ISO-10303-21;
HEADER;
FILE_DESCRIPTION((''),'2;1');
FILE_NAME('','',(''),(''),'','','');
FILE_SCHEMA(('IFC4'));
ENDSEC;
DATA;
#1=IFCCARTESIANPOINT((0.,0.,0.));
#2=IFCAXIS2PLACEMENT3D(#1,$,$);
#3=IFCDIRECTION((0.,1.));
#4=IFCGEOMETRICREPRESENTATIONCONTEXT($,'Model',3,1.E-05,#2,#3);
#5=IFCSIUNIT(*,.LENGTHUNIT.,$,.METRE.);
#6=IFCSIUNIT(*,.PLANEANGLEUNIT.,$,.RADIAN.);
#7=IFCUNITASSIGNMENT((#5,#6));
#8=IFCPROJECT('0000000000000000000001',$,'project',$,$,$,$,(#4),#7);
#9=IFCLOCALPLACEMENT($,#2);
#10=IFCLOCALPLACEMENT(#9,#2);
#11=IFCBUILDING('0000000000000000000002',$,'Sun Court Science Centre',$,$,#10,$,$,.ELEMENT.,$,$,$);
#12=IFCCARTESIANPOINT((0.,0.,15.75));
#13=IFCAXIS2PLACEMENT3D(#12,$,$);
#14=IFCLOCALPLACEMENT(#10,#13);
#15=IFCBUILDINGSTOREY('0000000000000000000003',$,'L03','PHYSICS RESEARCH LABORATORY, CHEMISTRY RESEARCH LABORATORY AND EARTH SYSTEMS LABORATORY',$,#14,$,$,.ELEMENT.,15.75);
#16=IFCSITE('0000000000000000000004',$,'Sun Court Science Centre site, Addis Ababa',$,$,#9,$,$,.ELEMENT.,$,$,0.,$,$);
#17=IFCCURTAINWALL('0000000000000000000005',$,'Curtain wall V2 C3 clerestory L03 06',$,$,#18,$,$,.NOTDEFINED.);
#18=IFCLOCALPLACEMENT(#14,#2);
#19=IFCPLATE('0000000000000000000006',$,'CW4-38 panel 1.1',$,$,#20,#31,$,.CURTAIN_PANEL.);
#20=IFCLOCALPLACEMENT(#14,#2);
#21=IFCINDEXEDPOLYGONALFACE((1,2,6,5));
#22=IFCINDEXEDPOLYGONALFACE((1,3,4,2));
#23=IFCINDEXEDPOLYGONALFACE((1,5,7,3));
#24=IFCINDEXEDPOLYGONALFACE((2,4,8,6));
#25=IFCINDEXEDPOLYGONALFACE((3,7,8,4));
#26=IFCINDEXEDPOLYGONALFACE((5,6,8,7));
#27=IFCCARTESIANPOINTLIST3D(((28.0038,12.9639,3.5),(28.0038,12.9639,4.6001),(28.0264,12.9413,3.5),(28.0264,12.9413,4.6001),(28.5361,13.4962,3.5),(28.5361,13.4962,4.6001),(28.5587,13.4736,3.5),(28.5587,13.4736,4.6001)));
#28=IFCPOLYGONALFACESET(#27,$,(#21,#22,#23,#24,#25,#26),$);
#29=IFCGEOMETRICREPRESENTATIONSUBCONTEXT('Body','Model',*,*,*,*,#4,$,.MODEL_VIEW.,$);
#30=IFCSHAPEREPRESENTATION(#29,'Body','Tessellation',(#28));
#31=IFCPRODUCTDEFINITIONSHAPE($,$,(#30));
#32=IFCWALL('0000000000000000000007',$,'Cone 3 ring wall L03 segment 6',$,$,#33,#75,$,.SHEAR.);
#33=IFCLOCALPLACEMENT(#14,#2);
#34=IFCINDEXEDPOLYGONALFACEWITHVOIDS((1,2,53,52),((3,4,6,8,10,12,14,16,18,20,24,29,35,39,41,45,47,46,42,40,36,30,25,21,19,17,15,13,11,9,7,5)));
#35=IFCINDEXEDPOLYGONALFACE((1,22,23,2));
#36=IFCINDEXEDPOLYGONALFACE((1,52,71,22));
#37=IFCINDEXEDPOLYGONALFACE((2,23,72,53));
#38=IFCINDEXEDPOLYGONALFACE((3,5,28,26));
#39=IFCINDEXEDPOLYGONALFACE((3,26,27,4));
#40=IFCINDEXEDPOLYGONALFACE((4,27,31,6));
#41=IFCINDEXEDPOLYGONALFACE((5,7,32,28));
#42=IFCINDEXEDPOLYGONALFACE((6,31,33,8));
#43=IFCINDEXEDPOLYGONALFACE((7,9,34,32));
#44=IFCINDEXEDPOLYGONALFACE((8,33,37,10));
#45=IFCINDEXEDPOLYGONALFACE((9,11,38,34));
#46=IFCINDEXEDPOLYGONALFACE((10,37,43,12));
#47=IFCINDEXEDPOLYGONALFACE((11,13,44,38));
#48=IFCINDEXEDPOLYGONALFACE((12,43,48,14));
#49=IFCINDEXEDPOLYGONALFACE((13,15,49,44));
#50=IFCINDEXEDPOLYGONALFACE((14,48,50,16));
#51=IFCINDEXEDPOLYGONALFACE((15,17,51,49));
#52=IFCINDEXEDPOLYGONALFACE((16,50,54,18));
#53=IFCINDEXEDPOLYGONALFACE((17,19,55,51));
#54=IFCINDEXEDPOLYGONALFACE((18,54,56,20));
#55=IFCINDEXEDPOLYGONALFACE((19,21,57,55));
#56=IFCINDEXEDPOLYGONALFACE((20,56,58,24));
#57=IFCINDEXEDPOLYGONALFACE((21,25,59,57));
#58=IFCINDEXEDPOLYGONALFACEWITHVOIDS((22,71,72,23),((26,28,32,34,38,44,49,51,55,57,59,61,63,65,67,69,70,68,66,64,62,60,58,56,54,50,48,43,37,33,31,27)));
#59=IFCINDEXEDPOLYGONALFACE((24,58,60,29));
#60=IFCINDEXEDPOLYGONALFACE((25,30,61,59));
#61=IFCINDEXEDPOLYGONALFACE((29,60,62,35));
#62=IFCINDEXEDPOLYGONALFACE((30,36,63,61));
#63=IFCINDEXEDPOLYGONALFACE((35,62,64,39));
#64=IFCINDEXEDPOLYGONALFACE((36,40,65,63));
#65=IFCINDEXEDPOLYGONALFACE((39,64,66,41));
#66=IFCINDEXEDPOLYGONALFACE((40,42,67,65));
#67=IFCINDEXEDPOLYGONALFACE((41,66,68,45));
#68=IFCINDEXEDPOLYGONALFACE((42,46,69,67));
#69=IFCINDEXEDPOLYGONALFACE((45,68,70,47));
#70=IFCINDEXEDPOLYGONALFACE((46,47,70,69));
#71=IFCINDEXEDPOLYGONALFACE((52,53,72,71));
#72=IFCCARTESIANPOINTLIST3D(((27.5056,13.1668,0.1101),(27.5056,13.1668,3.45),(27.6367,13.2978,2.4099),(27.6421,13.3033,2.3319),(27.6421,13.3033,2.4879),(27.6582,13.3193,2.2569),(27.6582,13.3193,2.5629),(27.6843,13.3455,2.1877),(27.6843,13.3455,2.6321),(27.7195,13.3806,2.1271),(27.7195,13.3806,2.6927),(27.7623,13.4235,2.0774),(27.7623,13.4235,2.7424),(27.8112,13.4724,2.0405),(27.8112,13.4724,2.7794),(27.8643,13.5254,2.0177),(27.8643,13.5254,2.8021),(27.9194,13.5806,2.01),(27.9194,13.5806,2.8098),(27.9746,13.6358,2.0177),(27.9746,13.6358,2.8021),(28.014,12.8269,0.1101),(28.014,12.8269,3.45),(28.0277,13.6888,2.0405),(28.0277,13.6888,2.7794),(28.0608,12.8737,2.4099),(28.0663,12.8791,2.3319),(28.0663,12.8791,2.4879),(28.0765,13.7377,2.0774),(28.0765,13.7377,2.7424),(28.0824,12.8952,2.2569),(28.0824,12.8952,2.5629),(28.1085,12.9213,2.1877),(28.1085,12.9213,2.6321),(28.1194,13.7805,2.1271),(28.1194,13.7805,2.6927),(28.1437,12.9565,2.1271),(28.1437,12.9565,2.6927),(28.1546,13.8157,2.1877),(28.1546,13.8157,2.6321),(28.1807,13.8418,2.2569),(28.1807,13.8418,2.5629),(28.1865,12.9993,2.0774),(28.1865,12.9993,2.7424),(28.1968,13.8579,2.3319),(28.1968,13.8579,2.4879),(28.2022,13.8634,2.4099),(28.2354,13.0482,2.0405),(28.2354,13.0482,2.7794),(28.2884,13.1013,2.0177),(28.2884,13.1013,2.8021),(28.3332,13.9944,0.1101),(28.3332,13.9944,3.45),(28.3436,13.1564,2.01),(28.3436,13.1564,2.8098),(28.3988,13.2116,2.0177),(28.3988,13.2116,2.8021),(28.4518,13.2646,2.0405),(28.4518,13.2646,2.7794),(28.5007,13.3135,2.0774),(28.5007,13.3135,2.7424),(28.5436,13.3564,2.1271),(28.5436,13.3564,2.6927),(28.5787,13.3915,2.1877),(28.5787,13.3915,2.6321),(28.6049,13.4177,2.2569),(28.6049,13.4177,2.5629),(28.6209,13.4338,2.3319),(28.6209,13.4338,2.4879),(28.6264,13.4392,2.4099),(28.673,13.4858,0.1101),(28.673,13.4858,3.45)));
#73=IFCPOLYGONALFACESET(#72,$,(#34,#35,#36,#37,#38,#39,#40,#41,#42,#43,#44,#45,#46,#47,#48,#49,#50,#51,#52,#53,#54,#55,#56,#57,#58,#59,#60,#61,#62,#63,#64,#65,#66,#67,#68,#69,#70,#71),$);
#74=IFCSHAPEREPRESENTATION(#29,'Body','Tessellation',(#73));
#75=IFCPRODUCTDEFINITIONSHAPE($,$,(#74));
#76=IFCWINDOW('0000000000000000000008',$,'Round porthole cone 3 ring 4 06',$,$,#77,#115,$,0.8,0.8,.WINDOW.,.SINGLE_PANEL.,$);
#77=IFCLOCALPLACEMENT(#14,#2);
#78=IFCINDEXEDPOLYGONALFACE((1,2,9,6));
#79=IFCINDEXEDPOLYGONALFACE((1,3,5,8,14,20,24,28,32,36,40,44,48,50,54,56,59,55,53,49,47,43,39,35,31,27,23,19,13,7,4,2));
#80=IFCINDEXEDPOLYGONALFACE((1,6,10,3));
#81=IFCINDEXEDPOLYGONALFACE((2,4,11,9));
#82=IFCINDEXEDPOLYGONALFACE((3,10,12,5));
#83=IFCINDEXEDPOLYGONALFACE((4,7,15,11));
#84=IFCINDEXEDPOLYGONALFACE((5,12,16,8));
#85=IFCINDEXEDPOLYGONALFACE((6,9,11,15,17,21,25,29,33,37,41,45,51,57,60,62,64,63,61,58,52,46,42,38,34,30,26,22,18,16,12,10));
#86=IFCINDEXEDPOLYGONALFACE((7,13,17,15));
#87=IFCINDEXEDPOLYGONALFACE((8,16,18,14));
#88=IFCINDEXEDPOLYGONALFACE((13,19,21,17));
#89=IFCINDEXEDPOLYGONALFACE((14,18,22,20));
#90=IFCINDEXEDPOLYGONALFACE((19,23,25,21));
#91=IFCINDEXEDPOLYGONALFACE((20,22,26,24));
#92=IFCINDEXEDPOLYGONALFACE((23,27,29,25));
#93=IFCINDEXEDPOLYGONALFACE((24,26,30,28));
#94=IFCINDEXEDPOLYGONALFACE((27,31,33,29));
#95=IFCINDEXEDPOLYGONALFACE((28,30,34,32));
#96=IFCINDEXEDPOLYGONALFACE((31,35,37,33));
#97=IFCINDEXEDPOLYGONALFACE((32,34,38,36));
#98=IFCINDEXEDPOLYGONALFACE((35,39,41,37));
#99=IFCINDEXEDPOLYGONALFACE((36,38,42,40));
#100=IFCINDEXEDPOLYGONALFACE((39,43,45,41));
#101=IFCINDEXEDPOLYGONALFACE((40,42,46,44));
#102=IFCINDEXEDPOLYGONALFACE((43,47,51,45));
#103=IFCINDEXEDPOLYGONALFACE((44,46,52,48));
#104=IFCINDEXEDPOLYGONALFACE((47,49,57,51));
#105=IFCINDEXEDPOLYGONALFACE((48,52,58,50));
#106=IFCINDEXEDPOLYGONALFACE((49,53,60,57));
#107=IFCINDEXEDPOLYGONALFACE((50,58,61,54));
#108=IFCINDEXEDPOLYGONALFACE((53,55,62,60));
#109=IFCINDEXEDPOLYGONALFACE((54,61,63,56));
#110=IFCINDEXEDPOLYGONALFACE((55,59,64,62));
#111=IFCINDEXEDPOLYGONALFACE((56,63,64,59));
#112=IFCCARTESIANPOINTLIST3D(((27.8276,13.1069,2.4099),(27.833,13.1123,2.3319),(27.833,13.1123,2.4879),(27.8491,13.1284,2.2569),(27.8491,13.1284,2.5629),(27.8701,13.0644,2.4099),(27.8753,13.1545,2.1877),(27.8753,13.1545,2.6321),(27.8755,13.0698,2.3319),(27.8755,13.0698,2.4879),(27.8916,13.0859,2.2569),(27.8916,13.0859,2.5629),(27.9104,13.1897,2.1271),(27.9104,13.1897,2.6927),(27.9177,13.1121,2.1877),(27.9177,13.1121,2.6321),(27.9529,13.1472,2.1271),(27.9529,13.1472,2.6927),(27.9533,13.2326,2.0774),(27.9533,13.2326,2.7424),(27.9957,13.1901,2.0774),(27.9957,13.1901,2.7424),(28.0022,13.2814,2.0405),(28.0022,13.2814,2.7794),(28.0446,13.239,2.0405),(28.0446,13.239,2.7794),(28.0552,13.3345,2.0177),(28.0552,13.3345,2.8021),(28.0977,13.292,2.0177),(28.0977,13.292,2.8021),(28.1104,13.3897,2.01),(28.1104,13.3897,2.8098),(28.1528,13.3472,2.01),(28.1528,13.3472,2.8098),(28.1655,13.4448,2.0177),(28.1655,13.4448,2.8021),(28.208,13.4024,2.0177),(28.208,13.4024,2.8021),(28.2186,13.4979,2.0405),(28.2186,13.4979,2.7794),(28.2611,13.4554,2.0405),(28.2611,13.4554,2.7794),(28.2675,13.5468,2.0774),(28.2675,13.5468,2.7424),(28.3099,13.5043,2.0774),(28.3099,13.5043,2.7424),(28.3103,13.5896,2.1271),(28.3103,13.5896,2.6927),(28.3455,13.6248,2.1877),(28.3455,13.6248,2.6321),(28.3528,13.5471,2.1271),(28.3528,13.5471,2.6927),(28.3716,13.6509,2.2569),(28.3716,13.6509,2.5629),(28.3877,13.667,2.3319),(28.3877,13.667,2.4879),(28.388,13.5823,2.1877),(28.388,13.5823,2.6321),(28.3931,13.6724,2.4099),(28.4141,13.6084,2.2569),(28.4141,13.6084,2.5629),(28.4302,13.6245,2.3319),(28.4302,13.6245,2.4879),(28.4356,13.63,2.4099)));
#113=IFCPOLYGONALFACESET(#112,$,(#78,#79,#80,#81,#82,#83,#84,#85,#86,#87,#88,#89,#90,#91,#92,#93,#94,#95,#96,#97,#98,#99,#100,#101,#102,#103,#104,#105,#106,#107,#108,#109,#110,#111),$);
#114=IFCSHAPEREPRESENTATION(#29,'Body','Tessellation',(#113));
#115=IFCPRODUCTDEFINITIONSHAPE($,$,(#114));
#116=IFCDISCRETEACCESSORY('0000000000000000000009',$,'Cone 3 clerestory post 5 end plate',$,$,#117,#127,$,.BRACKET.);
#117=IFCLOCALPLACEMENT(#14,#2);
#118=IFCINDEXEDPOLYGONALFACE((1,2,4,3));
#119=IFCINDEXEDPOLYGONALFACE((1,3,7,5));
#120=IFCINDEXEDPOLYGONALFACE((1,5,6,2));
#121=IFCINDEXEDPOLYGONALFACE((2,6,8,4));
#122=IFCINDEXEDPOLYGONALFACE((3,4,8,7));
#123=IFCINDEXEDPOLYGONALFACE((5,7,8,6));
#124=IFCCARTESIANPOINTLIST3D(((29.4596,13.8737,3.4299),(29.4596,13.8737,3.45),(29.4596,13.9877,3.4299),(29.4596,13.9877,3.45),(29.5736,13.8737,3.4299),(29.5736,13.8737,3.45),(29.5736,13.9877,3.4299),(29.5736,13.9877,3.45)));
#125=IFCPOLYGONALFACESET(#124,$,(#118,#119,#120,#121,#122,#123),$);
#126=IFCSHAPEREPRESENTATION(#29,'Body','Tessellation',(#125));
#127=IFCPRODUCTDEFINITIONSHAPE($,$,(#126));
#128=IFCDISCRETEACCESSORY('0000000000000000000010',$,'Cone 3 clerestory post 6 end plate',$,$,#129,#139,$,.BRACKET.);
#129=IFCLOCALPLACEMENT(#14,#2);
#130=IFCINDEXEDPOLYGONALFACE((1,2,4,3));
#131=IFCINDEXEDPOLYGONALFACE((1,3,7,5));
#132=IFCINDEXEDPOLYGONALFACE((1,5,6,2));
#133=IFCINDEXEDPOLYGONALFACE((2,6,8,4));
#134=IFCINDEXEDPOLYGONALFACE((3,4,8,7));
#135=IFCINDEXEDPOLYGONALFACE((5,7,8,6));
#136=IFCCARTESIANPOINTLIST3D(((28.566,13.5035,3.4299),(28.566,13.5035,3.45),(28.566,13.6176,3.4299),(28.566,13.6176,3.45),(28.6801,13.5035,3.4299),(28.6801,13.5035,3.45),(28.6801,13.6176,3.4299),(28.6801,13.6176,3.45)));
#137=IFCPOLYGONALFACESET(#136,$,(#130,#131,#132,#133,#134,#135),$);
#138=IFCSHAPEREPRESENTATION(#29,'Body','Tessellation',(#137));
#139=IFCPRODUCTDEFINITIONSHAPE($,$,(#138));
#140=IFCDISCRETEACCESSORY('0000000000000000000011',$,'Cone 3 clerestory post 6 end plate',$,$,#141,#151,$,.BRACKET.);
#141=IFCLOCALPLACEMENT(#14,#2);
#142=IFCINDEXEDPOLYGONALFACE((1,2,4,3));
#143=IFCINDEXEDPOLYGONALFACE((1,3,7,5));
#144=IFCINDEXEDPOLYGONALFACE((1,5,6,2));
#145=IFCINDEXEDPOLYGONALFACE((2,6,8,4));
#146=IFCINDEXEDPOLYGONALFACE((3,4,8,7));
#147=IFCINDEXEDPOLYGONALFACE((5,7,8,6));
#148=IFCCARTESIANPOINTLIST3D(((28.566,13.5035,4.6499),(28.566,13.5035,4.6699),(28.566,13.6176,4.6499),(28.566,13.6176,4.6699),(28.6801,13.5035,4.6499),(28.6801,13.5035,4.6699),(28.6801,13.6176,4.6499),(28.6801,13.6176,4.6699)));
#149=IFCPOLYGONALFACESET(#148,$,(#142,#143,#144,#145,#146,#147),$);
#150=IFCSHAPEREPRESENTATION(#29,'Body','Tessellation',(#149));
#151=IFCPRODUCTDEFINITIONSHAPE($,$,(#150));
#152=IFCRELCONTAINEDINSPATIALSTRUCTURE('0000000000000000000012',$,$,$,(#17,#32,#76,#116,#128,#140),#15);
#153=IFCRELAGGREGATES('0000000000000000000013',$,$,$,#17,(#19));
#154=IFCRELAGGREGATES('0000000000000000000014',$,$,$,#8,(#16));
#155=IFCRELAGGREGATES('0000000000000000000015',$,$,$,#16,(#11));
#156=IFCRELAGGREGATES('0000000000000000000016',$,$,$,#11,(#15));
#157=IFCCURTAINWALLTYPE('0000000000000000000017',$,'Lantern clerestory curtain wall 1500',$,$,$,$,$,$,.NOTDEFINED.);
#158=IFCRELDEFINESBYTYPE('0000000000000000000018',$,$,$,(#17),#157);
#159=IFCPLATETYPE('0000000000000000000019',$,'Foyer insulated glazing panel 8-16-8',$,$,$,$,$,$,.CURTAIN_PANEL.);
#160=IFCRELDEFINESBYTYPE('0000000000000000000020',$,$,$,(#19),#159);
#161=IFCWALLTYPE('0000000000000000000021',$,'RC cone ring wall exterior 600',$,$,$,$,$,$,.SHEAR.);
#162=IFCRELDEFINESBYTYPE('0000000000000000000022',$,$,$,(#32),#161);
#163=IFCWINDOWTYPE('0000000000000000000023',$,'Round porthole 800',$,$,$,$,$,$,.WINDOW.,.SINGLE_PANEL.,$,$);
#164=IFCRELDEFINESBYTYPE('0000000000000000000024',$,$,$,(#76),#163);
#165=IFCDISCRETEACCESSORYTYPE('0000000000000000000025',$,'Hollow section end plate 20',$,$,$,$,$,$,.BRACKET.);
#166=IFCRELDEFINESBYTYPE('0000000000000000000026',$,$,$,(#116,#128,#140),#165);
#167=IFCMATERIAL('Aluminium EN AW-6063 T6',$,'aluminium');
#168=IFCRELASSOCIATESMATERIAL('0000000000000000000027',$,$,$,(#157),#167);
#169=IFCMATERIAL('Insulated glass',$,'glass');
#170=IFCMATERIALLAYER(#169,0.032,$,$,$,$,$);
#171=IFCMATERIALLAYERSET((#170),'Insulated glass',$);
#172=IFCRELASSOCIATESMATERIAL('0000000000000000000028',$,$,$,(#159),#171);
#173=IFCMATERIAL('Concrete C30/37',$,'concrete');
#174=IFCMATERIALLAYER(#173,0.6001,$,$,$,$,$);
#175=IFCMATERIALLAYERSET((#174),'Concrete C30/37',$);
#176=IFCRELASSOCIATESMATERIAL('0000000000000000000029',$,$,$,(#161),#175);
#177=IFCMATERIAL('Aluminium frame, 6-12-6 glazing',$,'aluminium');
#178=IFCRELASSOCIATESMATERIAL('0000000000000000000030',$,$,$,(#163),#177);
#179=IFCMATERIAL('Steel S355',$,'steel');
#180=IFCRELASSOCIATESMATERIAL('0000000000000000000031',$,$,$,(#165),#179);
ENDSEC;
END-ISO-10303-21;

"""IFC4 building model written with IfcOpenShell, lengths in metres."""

from ifc_helpers import new_model, si_unit, direction, frame, frame_2d, origin, origin_2d, place, context, subcontext, project, spatial, polyline, rectangle, circle, outline, extrude, material, layer, layer_set, type_object, element, fill, aggregate, save


model = new_model("IFC4")

# Units and contexts
model_context = context("Model", 3, precision=1e-05, world=origin(), true_north=direction((0.0, 1.0)))
body_context = subcontext(model_context, "Body", "Model", "MODEL_VIEW")
ifc_project = project(units=[si_unit("LENGTHUNIT", "METRE"), si_unit("PLANEANGLEUNIT", "RADIAN")], contexts=[model_context])

# Site, building, storey
site_placement = place(None, origin())
site = spatial("IfcSite", under=ifc_project, at=site_placement, Name="Sun Court Science Centre site, Addis Ababa", CompositionType="ELEMENT", RefElevation=0.0)
building_placement = place(site_placement, origin())
building = spatial("IfcBuilding", under=site, at=building_placement, Name="Sun Court Science Centre", CompositionType="ELEMENT")
storey_placement = place(building_placement, frame((0.0, 0.0, 15.75)))
storey = spatial("IfcBuildingStorey", under=building, at=storey_placement, Name="L03", Description="PHYSICS RESEARCH LABORATORY, CHEMISTRY RESEARCH LABORATORY AND EARTH SYSTEMS LABORATORY", CompositionType="ELEMENT", Elevation=15.75)

# Shared definitions
ifc_material_1 = material(Name="Aluminium EN AW-6063 T6", Category="aluminium")
curtain_wall_type = type_object("IfcCurtainWallType", Name="Lantern clerestory curtain wall 1500", PredefinedType="NOTDEFINED", material=ifc_material_1)

# Curtain wall
curtain_wall_1_placement = place(storey_placement, origin())
curtain_wall_1 = element("IfcCurtainWall", 1, at=curtain_wall_1_placement, inside=storey, type_object=curtain_wall_type, Name="Curtain wall V2 C3 clerestory L03 06", PredefinedType="NOTDEFINED")

# Plate
ifc_material_2 = material(Name="Insulated glass", Category="glass")
ifc_layer_1 = layer(ifc_material_2, 0.032)
ifc_layer_set_1 = layer_set([ifc_layer_1], Name="Insulated glass")
plate_type = type_object("IfcPlateType", Name="Foyer insulated glazing panel 8-16-8", PredefinedType="CURTAIN_PANEL", material=ifc_layer_set_1)
plate_1_placement = place(storey_placement, frame((28.2812, 13.2188, 3.5), z_axis=(0.0, 0.0, 1.0), x_axis=(0.707107, 0.707107, 0.0)))
plate_1 = element("IfcPlate", 2, at=plate_1_placement, type_object=plate_type, Name="CW4-38 panel 1.1", PredefinedType="CURTAIN_PANEL", context=body_context, shape_type="SweptSolid", body=[
    extrude(rectangle(XDim=0.7527, YDim=0.032, at=origin_2d()), origin(), (0.0, 0.0, 1.0), 1.1001),
])
aggregate(curtain_wall_1, [plate_1])

# Wall, opening, window
ifc_material_3 = material(Name="Concrete C30/37", Category="concrete")
ifc_layer_2 = layer(ifc_material_3, 0.6001)
ifc_layer_set_2 = layer_set([ifc_layer_2], Name="Concrete C30/37")
wall_type = type_object("IfcWallType", Name="RC cone ring wall exterior 600", PredefinedType="SHEAR", material=ifc_layer_set_2)
wall_placement = place(storey_placement, frame((28.5454, 13.7822, 0.1101), z_axis=(0.0, 0.0, 1.0), x_axis=(-0.707107, -0.707107, 0.0)))
wall = element("IfcWall", 3, at=wall_placement, inside=storey, type_object=wall_type, Name="Cone 3 ring wall L03 segment 6", PredefinedType="SHEAR", context=body_context, shape_type="SweptSolid", body=[
    extrude(outline(polyline([(0.0, -0.3), (1.1704, -0.3), (1.0513, 0.2998), (0.1194, 0.2998), (0.0, -0.3)])), origin(), (0.0, 0.0, 1.0), 3.3398),
])
opening_placement = place(wall_placement, frame((0.1853, 0.0, 1.8999)))
opening = element("IfcOpeningElement", 4, at=opening_placement, cuts=wall, PredefinedType="OPENING", context=body_context, shape_type="SweptSolid", body=[
    extrude(circle(Radius=0.3999, at=frame_2d((0.3999, 0.3999))), frame((0.0, 0.3101, 0.0), z_axis=(0.0, -1.0, 0.0), x_axis=(1.0, 0.0, 0.0)), (0.0, 0.0, 1.0), 0.6201),
])
ifc_material_4 = material(Name="Aluminium frame, 6-12-6 glazing", Category="aluminium")
window_type = type_object("IfcWindowType", Name="Round porthole 800", PartitioningType="SINGLE_PANEL", PredefinedType="WINDOW", material=ifc_material_4)
window_placement = place(opening_placement, origin())
window = element("IfcWindow", 5, at=window_placement, inside=storey, type_object=window_type, Name="Round porthole cone 3 ring 4 06", OverallHeight=0.8, OverallWidth=0.8, PartitioningType="SINGLE_PANEL", PredefinedType="WINDOW", context=body_context, shape_type="SweptSolid", body=[
    extrude(circle(Radius=0.3999, at=frame_2d((0.3999, 0.3999))), frame((0.0, 0.03, 0.0), z_axis=(0.0, -1.0, 0.0), x_axis=(1.0, 0.0, 0.0)), (0.0, 0.0, 1.0), 0.0601),
])
fill(opening, window)

# Discrete accessories
ifc_material_5 = material(Name="Steel S355", Category="steel")
discrete_accessory_type = type_object("IfcDiscreteAccessoryType", Name="Hollow section end plate 20", PredefinedType="BRACKET", material=ifc_material_5)
for number, where, z_axis, x_axis, name in (
    (6, (29.5166, 13.9307, 3.4299), (0.0, 0.0, 1.0), (1.0, 0.0, 0.0), "Cone 3 clerestory post 5 end plate"),
    (7, (28.623, 13.5605, 3.4299), (0.0, 0.0, 1.0), (1.0, 0.0, 0.0), "Cone 3 clerestory post 6 end plate"),
    (8, (28.623, 13.5605, 4.6499), (0.0, 0.0, 1.0), (1.0, 0.0, 0.0), "Cone 3 clerestory post 6 end plate"),
):
    element("IfcDiscreteAccessory", number, at=place(storey_placement, frame(where, z_axis=z_axis, x_axis=x_axis)), inside=storey, type_object=discrete_accessory_type, Name=name, PredefinedType="BRACKET", context=body_context, shape_type="SweptSolid", body=[
        extrude(rectangle(XDim=0.114, YDim=0.114, at=origin_2d()), origin(), (0.0, 0.0, 1.0), 0.02),
    ])

save(model, "model.ifc")
